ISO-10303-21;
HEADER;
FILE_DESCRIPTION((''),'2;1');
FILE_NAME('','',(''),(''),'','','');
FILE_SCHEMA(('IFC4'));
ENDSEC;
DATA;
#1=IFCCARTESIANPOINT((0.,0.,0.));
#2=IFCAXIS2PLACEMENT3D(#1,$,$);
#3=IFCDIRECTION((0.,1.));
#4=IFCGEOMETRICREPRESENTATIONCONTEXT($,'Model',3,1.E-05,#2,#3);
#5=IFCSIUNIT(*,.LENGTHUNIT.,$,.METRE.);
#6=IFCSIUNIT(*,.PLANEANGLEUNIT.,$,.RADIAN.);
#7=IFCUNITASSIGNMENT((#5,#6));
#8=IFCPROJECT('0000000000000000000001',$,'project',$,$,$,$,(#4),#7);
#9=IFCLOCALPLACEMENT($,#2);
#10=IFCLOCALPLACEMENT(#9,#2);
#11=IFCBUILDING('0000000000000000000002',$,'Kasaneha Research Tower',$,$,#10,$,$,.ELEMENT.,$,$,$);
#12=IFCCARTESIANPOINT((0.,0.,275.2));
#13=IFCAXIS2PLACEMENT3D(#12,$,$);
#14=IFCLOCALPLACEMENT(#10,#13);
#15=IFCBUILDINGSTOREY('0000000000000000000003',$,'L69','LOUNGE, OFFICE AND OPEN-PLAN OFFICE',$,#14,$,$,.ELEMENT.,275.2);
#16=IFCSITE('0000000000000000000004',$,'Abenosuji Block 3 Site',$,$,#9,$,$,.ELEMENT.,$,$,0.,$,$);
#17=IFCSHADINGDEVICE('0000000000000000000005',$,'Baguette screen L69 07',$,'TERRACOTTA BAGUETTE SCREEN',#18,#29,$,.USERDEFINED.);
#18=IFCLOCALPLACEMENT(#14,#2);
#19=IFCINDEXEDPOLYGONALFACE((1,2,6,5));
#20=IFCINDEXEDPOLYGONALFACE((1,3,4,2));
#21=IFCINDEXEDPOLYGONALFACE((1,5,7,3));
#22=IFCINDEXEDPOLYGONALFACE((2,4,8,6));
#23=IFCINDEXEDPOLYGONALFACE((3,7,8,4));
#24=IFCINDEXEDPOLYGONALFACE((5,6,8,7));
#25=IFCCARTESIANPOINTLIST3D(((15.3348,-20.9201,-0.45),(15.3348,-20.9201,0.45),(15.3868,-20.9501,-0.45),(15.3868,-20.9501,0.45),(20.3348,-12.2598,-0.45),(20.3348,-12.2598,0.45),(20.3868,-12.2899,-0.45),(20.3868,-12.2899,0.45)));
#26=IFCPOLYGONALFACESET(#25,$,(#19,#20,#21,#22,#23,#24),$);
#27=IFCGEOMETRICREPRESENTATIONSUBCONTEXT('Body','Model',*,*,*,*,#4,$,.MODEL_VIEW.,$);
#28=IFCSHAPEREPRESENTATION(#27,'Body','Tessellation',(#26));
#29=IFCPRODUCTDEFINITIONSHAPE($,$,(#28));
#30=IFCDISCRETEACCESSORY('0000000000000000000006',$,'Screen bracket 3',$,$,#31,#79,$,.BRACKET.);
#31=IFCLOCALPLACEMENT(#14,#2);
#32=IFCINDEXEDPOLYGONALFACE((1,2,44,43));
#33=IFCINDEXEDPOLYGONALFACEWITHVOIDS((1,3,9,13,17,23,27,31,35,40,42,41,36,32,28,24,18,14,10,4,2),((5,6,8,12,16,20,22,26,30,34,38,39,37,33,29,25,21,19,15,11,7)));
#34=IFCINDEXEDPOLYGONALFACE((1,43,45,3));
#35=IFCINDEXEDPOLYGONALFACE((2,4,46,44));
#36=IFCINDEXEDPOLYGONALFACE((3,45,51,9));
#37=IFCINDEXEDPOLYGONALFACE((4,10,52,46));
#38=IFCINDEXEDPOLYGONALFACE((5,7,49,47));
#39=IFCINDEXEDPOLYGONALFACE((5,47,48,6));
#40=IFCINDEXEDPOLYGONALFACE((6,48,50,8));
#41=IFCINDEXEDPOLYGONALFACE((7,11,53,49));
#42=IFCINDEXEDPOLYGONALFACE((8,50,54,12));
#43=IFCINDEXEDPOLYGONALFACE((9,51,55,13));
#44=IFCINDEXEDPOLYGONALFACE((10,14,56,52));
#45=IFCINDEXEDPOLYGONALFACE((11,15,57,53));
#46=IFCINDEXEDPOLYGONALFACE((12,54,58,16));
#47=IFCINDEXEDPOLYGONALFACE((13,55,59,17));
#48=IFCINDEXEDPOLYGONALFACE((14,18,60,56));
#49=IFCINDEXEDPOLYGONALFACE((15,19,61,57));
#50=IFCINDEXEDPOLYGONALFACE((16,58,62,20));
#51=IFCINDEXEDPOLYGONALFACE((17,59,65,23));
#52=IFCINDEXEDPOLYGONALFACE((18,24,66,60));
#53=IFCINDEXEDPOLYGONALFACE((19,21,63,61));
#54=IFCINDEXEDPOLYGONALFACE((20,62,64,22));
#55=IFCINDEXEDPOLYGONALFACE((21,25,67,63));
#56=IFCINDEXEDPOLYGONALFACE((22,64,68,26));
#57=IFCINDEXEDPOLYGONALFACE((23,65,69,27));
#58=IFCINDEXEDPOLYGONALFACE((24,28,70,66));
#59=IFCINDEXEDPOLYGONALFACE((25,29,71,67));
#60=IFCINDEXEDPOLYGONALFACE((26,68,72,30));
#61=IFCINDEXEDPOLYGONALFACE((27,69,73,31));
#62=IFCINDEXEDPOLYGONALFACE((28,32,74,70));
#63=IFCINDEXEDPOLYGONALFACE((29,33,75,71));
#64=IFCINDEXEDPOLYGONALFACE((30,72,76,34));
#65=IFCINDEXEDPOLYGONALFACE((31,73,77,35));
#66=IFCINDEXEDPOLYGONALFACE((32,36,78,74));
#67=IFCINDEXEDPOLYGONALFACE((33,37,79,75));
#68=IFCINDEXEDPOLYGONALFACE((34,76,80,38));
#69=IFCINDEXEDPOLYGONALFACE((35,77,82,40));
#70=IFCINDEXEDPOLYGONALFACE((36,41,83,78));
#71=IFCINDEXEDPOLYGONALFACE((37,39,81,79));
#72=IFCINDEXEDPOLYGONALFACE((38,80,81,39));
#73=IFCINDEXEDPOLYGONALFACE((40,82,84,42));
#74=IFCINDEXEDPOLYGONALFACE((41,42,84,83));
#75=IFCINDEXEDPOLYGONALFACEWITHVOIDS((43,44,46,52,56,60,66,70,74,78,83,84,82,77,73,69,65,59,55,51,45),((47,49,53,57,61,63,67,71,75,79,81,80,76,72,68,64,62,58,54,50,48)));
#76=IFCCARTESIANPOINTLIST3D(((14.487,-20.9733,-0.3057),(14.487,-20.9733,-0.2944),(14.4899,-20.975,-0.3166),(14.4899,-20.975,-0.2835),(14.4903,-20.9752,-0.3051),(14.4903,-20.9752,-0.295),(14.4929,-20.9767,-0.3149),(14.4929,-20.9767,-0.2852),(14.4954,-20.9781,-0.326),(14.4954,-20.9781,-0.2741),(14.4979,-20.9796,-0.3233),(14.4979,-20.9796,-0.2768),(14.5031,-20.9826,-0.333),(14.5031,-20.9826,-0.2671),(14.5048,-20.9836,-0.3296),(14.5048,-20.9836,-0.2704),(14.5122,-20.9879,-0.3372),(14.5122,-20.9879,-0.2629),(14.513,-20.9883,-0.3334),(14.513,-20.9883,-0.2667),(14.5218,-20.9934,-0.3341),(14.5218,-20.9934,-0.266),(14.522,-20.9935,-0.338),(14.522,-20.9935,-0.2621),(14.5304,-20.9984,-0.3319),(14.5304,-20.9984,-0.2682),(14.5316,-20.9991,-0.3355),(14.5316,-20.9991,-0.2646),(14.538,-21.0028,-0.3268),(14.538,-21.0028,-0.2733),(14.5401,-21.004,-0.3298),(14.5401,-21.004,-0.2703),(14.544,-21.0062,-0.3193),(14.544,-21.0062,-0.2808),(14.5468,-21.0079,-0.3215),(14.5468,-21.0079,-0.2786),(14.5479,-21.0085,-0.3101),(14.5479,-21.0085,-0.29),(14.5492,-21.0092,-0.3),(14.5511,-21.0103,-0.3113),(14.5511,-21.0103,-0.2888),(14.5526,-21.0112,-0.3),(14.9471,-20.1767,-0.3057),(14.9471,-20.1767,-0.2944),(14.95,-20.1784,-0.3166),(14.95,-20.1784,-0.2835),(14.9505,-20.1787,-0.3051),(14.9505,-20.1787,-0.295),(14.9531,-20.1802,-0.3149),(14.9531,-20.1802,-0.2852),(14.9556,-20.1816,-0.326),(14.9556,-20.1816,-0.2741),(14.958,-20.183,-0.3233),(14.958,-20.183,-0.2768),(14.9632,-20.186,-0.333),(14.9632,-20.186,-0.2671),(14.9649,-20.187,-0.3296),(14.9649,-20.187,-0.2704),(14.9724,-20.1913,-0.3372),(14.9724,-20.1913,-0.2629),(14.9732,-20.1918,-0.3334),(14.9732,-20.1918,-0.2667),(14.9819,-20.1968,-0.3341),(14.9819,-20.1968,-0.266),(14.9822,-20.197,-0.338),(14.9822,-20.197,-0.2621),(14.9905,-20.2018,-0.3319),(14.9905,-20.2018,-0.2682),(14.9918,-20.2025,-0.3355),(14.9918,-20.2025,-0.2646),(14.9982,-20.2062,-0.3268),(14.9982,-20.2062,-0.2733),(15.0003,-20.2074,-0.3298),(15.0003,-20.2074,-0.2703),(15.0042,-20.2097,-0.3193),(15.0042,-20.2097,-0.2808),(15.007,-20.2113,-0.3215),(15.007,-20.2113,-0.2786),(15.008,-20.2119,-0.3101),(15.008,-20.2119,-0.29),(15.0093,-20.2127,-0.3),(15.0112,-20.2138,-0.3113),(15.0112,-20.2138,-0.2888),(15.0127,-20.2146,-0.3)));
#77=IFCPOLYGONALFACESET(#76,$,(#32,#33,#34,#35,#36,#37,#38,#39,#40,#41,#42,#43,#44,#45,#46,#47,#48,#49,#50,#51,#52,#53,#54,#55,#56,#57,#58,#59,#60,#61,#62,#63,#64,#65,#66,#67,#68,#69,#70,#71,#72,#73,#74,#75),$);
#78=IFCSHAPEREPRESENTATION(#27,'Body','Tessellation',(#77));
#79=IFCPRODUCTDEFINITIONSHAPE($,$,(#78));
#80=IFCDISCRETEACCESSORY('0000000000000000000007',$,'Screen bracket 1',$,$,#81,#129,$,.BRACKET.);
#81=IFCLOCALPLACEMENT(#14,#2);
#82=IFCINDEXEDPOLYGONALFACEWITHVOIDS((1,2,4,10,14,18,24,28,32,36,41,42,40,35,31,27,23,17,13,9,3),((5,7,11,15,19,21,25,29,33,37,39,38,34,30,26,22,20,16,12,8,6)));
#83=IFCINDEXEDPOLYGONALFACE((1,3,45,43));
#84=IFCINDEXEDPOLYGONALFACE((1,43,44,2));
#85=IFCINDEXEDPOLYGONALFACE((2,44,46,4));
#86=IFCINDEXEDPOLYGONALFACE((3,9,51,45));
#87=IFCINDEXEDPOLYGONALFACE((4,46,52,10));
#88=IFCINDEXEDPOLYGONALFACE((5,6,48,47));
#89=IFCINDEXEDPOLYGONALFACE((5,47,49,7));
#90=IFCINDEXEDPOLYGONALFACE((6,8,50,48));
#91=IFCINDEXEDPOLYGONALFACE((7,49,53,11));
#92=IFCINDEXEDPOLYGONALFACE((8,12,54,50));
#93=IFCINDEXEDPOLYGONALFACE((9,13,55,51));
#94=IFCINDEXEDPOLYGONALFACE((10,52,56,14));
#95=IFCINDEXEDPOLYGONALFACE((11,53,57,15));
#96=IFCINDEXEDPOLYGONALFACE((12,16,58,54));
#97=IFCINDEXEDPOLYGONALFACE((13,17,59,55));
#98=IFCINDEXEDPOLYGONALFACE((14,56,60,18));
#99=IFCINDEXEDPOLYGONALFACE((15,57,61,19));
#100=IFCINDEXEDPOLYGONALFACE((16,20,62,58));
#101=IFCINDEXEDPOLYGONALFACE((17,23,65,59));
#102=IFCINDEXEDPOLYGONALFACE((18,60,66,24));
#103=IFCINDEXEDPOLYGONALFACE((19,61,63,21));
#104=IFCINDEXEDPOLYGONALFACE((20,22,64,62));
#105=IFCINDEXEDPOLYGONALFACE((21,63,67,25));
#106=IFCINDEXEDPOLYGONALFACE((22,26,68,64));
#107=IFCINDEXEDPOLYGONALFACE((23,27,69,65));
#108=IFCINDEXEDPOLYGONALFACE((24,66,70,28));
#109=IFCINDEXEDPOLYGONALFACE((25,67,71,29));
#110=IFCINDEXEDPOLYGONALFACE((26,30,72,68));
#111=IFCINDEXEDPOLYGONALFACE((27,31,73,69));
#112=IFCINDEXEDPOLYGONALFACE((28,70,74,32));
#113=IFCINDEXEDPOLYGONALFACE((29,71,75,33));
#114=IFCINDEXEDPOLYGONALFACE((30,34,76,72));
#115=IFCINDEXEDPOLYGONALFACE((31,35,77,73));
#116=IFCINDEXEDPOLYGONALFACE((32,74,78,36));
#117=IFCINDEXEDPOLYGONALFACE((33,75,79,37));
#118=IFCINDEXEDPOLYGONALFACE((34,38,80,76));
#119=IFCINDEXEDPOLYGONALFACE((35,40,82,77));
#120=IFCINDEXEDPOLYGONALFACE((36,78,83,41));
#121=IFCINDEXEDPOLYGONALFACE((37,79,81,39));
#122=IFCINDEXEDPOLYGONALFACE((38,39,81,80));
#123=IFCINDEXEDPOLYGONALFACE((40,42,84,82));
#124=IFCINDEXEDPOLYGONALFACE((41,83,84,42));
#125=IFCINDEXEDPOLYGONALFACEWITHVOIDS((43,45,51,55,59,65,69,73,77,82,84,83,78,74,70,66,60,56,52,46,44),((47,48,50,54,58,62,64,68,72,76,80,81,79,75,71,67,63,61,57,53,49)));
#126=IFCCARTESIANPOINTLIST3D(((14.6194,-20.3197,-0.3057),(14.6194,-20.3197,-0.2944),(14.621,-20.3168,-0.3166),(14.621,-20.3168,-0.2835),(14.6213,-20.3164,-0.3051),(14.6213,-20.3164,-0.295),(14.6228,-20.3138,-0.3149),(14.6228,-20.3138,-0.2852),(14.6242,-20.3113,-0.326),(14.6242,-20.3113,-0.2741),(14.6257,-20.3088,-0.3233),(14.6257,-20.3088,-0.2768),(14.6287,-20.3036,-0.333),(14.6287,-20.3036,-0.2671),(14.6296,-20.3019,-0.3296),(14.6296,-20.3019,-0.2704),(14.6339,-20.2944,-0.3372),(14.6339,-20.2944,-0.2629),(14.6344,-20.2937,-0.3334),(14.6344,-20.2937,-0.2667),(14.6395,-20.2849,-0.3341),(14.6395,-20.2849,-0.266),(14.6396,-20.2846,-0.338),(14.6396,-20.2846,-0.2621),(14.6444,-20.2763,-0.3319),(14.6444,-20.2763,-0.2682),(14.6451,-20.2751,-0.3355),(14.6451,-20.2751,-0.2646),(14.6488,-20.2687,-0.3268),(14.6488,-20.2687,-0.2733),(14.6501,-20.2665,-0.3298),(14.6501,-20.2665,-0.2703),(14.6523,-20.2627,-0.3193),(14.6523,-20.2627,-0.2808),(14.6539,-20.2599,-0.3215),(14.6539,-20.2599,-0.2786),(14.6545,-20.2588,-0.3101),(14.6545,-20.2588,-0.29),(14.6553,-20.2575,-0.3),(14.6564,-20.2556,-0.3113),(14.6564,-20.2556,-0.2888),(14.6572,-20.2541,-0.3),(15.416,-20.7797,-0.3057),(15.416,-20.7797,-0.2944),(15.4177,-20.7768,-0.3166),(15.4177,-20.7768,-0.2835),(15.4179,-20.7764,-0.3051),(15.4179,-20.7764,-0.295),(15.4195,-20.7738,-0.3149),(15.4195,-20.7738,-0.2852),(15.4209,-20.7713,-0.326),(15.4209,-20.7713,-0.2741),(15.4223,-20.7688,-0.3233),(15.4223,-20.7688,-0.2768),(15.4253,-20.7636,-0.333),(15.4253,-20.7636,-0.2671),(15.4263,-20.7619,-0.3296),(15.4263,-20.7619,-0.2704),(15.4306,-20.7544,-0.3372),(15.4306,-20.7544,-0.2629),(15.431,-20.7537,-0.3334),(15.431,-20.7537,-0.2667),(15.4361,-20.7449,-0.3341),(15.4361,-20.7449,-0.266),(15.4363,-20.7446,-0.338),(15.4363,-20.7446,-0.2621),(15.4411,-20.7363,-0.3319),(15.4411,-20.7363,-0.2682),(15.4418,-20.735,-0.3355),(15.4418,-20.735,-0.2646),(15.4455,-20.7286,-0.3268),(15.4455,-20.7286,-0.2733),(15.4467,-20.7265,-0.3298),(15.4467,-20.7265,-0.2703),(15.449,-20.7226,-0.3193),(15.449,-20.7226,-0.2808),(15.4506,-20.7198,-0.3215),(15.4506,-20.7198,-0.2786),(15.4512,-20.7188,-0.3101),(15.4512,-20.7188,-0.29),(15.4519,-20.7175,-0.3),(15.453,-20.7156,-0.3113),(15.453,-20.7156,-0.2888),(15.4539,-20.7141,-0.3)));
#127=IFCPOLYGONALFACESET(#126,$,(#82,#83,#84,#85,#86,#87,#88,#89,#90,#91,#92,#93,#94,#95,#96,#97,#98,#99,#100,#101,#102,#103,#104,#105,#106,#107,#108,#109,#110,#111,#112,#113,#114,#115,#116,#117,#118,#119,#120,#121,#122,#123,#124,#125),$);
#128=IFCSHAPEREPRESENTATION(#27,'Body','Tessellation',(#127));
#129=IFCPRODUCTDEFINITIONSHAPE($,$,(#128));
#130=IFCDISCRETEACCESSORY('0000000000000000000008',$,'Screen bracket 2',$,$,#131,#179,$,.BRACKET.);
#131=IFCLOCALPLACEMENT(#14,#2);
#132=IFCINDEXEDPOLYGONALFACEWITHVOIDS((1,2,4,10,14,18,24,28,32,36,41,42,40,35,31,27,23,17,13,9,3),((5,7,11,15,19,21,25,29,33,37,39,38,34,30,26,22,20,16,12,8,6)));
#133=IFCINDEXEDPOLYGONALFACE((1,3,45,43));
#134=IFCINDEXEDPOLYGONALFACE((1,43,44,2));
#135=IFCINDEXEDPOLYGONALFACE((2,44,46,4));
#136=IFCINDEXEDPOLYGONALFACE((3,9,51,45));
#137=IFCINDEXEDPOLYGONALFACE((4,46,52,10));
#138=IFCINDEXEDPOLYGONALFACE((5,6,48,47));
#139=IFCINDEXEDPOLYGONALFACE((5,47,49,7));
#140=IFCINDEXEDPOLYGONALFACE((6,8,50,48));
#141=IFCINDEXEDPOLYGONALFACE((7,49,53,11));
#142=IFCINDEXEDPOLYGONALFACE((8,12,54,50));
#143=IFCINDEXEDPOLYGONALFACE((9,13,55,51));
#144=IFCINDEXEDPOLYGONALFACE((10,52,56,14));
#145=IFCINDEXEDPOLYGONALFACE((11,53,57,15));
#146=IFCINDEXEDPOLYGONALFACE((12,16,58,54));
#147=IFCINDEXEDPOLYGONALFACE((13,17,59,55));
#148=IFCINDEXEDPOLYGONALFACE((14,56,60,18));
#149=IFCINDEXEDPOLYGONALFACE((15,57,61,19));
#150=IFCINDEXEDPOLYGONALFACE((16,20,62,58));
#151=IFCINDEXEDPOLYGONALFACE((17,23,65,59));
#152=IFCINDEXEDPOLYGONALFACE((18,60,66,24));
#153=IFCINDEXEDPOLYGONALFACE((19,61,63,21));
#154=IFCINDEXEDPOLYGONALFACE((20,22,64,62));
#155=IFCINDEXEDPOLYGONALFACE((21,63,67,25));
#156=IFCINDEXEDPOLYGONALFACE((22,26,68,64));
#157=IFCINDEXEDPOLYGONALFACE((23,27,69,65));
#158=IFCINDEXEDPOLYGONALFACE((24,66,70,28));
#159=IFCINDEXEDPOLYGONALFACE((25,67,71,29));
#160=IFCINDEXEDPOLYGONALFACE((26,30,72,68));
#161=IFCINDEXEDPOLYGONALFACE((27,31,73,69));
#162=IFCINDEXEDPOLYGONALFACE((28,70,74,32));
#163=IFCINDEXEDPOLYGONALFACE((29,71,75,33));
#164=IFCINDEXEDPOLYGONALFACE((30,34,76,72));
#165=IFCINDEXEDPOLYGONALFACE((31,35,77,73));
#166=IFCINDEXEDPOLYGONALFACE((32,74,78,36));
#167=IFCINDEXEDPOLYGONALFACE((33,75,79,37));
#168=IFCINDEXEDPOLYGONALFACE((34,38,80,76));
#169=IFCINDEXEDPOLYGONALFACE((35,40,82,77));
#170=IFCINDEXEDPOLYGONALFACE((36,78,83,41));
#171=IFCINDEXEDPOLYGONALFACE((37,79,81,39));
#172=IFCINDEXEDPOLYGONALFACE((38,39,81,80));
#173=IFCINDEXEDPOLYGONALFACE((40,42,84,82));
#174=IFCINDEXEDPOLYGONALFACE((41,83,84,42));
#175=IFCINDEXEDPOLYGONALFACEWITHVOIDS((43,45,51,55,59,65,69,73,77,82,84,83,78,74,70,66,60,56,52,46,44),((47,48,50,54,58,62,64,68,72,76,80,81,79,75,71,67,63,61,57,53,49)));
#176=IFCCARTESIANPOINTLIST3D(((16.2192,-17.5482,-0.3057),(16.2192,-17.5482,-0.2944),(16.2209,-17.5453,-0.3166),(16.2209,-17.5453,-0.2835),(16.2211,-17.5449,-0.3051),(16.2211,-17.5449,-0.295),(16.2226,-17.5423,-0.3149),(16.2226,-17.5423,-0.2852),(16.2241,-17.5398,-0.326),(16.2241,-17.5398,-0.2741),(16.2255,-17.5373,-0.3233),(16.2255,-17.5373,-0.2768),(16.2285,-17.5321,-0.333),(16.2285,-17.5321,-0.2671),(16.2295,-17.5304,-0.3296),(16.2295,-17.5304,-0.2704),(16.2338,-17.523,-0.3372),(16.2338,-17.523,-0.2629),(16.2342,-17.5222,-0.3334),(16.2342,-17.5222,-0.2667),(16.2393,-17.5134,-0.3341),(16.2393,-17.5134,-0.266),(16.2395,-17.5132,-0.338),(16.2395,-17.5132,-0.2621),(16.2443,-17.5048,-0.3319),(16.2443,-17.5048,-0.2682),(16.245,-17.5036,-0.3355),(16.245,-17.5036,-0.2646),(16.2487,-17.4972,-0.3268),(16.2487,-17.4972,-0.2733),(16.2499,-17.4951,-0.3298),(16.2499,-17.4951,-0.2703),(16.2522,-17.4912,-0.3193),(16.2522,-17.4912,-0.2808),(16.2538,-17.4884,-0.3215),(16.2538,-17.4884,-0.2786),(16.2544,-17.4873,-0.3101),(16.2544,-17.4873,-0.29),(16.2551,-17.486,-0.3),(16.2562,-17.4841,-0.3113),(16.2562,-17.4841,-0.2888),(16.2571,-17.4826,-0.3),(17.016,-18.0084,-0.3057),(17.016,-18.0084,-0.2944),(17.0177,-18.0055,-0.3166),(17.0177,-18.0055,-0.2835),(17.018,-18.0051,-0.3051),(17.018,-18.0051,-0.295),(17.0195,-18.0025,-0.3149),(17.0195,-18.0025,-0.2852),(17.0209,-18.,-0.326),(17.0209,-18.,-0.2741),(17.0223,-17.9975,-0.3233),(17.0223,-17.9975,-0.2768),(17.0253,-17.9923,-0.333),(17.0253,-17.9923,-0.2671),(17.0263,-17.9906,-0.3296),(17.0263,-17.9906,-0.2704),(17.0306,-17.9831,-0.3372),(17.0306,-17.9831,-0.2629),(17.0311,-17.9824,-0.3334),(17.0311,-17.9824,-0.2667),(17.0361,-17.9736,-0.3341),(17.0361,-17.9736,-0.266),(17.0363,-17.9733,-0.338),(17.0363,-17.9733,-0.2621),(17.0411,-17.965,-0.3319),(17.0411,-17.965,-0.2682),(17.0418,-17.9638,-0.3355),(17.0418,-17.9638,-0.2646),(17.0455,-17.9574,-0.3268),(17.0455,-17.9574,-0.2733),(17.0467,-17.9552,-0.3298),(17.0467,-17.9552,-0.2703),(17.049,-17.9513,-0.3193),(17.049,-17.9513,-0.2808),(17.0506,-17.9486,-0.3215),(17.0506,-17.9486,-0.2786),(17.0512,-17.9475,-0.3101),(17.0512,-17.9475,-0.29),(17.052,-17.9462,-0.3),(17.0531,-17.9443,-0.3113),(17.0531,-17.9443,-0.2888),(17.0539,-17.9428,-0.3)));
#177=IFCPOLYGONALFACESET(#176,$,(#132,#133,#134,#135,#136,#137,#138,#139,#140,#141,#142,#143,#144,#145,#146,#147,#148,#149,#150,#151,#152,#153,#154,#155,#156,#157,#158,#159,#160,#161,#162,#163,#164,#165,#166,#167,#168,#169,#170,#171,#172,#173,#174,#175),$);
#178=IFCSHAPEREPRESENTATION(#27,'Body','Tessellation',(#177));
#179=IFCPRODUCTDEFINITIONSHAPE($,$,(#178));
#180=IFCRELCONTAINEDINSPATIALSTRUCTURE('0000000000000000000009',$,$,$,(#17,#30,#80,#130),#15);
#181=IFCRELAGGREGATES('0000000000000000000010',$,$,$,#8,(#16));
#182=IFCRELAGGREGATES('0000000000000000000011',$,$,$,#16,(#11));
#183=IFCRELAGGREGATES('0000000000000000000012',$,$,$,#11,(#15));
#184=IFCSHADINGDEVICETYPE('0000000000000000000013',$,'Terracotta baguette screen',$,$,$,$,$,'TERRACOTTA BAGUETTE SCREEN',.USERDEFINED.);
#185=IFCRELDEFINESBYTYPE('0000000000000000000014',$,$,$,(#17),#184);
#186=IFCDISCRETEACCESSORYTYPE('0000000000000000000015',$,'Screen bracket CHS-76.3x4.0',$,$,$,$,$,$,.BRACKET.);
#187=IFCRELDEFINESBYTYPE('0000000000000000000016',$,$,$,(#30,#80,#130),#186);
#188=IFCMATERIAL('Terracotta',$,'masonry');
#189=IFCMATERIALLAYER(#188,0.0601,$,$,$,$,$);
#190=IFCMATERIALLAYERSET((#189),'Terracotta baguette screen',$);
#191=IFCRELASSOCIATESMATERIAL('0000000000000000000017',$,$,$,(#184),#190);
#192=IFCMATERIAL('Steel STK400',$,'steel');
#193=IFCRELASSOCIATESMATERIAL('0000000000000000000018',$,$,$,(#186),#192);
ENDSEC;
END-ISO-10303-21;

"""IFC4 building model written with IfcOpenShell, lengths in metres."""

from ifc_helpers import new_model, si_unit, direction, frame, origin, origin_2d, place, context, subcontext, project, spatial, rectangle, hollow_circle, extrude, material, layer, layer_set, material_profile, profile_set, type_object, element, save


model = new_model("IFC4")

# Units and contexts
model_context = context("Model", 3, precision=1e-05, world=origin(), true_north=direction((0.0, 1.0)))
body_context = subcontext(model_context, "Body", "Model", "MODEL_VIEW")
ifc_project = project(units=[si_unit("LENGTHUNIT", "METRE"), si_unit("PLANEANGLEUNIT", "RADIAN")], contexts=[model_context])

# Site, building, storey
site_placement = place(None, origin())
site = spatial("IfcSite", under=ifc_project, at=site_placement, Name="Abenosuji Block 3 Site", CompositionType="ELEMENT", RefElevation=0.0)
building_placement = place(site_placement, origin())
building = spatial("IfcBuilding", under=site, at=building_placement, Name="Kasaneha Research Tower", CompositionType="ELEMENT")
storey_placement = place(building_placement, frame((0.0, 0.0, 275.2)))
storey = spatial("IfcBuildingStorey", under=building, at=storey_placement, Name="L69", Description="LOUNGE, OFFICE AND OPEN-PLAN OFFICE", CompositionType="ELEMENT", Elevation=275.2)

# Shading device
ifc_material_1 = material(Name="Terracotta", Category="masonry")
ifc_layer_1 = layer(ifc_material_1, 0.0601)
ifc_layer_set_1 = layer_set([ifc_layer_1], Name="Terracotta baguette screen")
shading_device_type = type_object("IfcShadingDeviceType", Name="Terracotta baguette screen", ElementType="TERRACOTTA BAGUETTE SCREEN", PredefinedType="USERDEFINED", material=ifc_layer_set_1)
shading_device_placement = place(storey_placement, frame((17.8608, -16.605, -0.45), z_axis=(0.0, 0.0, 1.0), x_axis=(0.5, 0.866025, 0.0)))
element("IfcShadingDevice", 1, at=shading_device_placement, inside=storey, type_object=shading_device_type, Name="Baguette screen L69 07", ObjectType="TERRACOTTA BAGUETTE SCREEN", PredefinedType="USERDEFINED", context=body_context, shape_type="SweptSolid", body=[
    extrude(rectangle(XDim=10.0, YDim=0.0601, at=origin_2d()), origin(), (0.0, 0.0, 1.0), 0.8999),
])

# Discrete accessories
ifc_material_2 = material(Name="Steel STK400", Category="steel")
ifc_material_profile_1 = material_profile(ifc_material_2, hollow_circle(Radius=0.0381, WallThickness=0.0039, at=origin_2d()), Name="CHS-76.3x4.0")
ifc_profile_set_1 = profile_set([ifc_material_profile_1], Name="Steel STK400")
discrete_accessory_type = type_object("IfcDiscreteAccessoryType", Name="Screen bracket CHS-76.3x4.0", PredefinedType="BRACKET", material=ifc_profile_set_1)
for number, where, z_axis, x_axis, name in (
    (2, (14.9797, -20.1956, -0.3), (-0.50022, -0.865898, 0.0), (0.865898, -0.50022, 0.0), "Screen bracket 3"),
    (3, (14.6382, -20.2871, -0.3), (0.866013, -0.500021, 0.0), (0.500021, 0.866013, 0.0), "Screen bracket 1"),
):
    element("IfcDiscreteAccessory", number, at=place(storey_placement, frame(where, z_axis=z_axis, x_axis=x_axis)), inside=storey, type_object=discrete_accessory_type, Name=name, PredefinedType="BRACKET", context=body_context, shape_type="SweptSolid", body=[
        extrude(hollow_circle(Radius=0.0381, WallThickness=0.0039, at=origin_2d()), origin(), (0.0, 0.0, 1.0), 0.9199),
    ])
discrete_accessory_placement = place(storey_placement, frame((16.238, -17.5156, -0.3), z_axis=(0.865965, -0.500105, 0.0), x_axis=(0.500105, 0.865965, 0.0)))
element("IfcDiscreteAccessory", 4, at=discrete_accessory_placement, inside=storey, type_object=discrete_accessory_type, Name="Screen bracket 2", PredefinedType="BRACKET", context=body_context, shape_type="SweptSolid", body=[
    extrude(hollow_circle(Radius=0.0381, WallThickness=0.0039, at=origin_2d()), origin(), (0.0, 0.0, 1.0), 0.9202),
])

save(model, "model.ifc")
